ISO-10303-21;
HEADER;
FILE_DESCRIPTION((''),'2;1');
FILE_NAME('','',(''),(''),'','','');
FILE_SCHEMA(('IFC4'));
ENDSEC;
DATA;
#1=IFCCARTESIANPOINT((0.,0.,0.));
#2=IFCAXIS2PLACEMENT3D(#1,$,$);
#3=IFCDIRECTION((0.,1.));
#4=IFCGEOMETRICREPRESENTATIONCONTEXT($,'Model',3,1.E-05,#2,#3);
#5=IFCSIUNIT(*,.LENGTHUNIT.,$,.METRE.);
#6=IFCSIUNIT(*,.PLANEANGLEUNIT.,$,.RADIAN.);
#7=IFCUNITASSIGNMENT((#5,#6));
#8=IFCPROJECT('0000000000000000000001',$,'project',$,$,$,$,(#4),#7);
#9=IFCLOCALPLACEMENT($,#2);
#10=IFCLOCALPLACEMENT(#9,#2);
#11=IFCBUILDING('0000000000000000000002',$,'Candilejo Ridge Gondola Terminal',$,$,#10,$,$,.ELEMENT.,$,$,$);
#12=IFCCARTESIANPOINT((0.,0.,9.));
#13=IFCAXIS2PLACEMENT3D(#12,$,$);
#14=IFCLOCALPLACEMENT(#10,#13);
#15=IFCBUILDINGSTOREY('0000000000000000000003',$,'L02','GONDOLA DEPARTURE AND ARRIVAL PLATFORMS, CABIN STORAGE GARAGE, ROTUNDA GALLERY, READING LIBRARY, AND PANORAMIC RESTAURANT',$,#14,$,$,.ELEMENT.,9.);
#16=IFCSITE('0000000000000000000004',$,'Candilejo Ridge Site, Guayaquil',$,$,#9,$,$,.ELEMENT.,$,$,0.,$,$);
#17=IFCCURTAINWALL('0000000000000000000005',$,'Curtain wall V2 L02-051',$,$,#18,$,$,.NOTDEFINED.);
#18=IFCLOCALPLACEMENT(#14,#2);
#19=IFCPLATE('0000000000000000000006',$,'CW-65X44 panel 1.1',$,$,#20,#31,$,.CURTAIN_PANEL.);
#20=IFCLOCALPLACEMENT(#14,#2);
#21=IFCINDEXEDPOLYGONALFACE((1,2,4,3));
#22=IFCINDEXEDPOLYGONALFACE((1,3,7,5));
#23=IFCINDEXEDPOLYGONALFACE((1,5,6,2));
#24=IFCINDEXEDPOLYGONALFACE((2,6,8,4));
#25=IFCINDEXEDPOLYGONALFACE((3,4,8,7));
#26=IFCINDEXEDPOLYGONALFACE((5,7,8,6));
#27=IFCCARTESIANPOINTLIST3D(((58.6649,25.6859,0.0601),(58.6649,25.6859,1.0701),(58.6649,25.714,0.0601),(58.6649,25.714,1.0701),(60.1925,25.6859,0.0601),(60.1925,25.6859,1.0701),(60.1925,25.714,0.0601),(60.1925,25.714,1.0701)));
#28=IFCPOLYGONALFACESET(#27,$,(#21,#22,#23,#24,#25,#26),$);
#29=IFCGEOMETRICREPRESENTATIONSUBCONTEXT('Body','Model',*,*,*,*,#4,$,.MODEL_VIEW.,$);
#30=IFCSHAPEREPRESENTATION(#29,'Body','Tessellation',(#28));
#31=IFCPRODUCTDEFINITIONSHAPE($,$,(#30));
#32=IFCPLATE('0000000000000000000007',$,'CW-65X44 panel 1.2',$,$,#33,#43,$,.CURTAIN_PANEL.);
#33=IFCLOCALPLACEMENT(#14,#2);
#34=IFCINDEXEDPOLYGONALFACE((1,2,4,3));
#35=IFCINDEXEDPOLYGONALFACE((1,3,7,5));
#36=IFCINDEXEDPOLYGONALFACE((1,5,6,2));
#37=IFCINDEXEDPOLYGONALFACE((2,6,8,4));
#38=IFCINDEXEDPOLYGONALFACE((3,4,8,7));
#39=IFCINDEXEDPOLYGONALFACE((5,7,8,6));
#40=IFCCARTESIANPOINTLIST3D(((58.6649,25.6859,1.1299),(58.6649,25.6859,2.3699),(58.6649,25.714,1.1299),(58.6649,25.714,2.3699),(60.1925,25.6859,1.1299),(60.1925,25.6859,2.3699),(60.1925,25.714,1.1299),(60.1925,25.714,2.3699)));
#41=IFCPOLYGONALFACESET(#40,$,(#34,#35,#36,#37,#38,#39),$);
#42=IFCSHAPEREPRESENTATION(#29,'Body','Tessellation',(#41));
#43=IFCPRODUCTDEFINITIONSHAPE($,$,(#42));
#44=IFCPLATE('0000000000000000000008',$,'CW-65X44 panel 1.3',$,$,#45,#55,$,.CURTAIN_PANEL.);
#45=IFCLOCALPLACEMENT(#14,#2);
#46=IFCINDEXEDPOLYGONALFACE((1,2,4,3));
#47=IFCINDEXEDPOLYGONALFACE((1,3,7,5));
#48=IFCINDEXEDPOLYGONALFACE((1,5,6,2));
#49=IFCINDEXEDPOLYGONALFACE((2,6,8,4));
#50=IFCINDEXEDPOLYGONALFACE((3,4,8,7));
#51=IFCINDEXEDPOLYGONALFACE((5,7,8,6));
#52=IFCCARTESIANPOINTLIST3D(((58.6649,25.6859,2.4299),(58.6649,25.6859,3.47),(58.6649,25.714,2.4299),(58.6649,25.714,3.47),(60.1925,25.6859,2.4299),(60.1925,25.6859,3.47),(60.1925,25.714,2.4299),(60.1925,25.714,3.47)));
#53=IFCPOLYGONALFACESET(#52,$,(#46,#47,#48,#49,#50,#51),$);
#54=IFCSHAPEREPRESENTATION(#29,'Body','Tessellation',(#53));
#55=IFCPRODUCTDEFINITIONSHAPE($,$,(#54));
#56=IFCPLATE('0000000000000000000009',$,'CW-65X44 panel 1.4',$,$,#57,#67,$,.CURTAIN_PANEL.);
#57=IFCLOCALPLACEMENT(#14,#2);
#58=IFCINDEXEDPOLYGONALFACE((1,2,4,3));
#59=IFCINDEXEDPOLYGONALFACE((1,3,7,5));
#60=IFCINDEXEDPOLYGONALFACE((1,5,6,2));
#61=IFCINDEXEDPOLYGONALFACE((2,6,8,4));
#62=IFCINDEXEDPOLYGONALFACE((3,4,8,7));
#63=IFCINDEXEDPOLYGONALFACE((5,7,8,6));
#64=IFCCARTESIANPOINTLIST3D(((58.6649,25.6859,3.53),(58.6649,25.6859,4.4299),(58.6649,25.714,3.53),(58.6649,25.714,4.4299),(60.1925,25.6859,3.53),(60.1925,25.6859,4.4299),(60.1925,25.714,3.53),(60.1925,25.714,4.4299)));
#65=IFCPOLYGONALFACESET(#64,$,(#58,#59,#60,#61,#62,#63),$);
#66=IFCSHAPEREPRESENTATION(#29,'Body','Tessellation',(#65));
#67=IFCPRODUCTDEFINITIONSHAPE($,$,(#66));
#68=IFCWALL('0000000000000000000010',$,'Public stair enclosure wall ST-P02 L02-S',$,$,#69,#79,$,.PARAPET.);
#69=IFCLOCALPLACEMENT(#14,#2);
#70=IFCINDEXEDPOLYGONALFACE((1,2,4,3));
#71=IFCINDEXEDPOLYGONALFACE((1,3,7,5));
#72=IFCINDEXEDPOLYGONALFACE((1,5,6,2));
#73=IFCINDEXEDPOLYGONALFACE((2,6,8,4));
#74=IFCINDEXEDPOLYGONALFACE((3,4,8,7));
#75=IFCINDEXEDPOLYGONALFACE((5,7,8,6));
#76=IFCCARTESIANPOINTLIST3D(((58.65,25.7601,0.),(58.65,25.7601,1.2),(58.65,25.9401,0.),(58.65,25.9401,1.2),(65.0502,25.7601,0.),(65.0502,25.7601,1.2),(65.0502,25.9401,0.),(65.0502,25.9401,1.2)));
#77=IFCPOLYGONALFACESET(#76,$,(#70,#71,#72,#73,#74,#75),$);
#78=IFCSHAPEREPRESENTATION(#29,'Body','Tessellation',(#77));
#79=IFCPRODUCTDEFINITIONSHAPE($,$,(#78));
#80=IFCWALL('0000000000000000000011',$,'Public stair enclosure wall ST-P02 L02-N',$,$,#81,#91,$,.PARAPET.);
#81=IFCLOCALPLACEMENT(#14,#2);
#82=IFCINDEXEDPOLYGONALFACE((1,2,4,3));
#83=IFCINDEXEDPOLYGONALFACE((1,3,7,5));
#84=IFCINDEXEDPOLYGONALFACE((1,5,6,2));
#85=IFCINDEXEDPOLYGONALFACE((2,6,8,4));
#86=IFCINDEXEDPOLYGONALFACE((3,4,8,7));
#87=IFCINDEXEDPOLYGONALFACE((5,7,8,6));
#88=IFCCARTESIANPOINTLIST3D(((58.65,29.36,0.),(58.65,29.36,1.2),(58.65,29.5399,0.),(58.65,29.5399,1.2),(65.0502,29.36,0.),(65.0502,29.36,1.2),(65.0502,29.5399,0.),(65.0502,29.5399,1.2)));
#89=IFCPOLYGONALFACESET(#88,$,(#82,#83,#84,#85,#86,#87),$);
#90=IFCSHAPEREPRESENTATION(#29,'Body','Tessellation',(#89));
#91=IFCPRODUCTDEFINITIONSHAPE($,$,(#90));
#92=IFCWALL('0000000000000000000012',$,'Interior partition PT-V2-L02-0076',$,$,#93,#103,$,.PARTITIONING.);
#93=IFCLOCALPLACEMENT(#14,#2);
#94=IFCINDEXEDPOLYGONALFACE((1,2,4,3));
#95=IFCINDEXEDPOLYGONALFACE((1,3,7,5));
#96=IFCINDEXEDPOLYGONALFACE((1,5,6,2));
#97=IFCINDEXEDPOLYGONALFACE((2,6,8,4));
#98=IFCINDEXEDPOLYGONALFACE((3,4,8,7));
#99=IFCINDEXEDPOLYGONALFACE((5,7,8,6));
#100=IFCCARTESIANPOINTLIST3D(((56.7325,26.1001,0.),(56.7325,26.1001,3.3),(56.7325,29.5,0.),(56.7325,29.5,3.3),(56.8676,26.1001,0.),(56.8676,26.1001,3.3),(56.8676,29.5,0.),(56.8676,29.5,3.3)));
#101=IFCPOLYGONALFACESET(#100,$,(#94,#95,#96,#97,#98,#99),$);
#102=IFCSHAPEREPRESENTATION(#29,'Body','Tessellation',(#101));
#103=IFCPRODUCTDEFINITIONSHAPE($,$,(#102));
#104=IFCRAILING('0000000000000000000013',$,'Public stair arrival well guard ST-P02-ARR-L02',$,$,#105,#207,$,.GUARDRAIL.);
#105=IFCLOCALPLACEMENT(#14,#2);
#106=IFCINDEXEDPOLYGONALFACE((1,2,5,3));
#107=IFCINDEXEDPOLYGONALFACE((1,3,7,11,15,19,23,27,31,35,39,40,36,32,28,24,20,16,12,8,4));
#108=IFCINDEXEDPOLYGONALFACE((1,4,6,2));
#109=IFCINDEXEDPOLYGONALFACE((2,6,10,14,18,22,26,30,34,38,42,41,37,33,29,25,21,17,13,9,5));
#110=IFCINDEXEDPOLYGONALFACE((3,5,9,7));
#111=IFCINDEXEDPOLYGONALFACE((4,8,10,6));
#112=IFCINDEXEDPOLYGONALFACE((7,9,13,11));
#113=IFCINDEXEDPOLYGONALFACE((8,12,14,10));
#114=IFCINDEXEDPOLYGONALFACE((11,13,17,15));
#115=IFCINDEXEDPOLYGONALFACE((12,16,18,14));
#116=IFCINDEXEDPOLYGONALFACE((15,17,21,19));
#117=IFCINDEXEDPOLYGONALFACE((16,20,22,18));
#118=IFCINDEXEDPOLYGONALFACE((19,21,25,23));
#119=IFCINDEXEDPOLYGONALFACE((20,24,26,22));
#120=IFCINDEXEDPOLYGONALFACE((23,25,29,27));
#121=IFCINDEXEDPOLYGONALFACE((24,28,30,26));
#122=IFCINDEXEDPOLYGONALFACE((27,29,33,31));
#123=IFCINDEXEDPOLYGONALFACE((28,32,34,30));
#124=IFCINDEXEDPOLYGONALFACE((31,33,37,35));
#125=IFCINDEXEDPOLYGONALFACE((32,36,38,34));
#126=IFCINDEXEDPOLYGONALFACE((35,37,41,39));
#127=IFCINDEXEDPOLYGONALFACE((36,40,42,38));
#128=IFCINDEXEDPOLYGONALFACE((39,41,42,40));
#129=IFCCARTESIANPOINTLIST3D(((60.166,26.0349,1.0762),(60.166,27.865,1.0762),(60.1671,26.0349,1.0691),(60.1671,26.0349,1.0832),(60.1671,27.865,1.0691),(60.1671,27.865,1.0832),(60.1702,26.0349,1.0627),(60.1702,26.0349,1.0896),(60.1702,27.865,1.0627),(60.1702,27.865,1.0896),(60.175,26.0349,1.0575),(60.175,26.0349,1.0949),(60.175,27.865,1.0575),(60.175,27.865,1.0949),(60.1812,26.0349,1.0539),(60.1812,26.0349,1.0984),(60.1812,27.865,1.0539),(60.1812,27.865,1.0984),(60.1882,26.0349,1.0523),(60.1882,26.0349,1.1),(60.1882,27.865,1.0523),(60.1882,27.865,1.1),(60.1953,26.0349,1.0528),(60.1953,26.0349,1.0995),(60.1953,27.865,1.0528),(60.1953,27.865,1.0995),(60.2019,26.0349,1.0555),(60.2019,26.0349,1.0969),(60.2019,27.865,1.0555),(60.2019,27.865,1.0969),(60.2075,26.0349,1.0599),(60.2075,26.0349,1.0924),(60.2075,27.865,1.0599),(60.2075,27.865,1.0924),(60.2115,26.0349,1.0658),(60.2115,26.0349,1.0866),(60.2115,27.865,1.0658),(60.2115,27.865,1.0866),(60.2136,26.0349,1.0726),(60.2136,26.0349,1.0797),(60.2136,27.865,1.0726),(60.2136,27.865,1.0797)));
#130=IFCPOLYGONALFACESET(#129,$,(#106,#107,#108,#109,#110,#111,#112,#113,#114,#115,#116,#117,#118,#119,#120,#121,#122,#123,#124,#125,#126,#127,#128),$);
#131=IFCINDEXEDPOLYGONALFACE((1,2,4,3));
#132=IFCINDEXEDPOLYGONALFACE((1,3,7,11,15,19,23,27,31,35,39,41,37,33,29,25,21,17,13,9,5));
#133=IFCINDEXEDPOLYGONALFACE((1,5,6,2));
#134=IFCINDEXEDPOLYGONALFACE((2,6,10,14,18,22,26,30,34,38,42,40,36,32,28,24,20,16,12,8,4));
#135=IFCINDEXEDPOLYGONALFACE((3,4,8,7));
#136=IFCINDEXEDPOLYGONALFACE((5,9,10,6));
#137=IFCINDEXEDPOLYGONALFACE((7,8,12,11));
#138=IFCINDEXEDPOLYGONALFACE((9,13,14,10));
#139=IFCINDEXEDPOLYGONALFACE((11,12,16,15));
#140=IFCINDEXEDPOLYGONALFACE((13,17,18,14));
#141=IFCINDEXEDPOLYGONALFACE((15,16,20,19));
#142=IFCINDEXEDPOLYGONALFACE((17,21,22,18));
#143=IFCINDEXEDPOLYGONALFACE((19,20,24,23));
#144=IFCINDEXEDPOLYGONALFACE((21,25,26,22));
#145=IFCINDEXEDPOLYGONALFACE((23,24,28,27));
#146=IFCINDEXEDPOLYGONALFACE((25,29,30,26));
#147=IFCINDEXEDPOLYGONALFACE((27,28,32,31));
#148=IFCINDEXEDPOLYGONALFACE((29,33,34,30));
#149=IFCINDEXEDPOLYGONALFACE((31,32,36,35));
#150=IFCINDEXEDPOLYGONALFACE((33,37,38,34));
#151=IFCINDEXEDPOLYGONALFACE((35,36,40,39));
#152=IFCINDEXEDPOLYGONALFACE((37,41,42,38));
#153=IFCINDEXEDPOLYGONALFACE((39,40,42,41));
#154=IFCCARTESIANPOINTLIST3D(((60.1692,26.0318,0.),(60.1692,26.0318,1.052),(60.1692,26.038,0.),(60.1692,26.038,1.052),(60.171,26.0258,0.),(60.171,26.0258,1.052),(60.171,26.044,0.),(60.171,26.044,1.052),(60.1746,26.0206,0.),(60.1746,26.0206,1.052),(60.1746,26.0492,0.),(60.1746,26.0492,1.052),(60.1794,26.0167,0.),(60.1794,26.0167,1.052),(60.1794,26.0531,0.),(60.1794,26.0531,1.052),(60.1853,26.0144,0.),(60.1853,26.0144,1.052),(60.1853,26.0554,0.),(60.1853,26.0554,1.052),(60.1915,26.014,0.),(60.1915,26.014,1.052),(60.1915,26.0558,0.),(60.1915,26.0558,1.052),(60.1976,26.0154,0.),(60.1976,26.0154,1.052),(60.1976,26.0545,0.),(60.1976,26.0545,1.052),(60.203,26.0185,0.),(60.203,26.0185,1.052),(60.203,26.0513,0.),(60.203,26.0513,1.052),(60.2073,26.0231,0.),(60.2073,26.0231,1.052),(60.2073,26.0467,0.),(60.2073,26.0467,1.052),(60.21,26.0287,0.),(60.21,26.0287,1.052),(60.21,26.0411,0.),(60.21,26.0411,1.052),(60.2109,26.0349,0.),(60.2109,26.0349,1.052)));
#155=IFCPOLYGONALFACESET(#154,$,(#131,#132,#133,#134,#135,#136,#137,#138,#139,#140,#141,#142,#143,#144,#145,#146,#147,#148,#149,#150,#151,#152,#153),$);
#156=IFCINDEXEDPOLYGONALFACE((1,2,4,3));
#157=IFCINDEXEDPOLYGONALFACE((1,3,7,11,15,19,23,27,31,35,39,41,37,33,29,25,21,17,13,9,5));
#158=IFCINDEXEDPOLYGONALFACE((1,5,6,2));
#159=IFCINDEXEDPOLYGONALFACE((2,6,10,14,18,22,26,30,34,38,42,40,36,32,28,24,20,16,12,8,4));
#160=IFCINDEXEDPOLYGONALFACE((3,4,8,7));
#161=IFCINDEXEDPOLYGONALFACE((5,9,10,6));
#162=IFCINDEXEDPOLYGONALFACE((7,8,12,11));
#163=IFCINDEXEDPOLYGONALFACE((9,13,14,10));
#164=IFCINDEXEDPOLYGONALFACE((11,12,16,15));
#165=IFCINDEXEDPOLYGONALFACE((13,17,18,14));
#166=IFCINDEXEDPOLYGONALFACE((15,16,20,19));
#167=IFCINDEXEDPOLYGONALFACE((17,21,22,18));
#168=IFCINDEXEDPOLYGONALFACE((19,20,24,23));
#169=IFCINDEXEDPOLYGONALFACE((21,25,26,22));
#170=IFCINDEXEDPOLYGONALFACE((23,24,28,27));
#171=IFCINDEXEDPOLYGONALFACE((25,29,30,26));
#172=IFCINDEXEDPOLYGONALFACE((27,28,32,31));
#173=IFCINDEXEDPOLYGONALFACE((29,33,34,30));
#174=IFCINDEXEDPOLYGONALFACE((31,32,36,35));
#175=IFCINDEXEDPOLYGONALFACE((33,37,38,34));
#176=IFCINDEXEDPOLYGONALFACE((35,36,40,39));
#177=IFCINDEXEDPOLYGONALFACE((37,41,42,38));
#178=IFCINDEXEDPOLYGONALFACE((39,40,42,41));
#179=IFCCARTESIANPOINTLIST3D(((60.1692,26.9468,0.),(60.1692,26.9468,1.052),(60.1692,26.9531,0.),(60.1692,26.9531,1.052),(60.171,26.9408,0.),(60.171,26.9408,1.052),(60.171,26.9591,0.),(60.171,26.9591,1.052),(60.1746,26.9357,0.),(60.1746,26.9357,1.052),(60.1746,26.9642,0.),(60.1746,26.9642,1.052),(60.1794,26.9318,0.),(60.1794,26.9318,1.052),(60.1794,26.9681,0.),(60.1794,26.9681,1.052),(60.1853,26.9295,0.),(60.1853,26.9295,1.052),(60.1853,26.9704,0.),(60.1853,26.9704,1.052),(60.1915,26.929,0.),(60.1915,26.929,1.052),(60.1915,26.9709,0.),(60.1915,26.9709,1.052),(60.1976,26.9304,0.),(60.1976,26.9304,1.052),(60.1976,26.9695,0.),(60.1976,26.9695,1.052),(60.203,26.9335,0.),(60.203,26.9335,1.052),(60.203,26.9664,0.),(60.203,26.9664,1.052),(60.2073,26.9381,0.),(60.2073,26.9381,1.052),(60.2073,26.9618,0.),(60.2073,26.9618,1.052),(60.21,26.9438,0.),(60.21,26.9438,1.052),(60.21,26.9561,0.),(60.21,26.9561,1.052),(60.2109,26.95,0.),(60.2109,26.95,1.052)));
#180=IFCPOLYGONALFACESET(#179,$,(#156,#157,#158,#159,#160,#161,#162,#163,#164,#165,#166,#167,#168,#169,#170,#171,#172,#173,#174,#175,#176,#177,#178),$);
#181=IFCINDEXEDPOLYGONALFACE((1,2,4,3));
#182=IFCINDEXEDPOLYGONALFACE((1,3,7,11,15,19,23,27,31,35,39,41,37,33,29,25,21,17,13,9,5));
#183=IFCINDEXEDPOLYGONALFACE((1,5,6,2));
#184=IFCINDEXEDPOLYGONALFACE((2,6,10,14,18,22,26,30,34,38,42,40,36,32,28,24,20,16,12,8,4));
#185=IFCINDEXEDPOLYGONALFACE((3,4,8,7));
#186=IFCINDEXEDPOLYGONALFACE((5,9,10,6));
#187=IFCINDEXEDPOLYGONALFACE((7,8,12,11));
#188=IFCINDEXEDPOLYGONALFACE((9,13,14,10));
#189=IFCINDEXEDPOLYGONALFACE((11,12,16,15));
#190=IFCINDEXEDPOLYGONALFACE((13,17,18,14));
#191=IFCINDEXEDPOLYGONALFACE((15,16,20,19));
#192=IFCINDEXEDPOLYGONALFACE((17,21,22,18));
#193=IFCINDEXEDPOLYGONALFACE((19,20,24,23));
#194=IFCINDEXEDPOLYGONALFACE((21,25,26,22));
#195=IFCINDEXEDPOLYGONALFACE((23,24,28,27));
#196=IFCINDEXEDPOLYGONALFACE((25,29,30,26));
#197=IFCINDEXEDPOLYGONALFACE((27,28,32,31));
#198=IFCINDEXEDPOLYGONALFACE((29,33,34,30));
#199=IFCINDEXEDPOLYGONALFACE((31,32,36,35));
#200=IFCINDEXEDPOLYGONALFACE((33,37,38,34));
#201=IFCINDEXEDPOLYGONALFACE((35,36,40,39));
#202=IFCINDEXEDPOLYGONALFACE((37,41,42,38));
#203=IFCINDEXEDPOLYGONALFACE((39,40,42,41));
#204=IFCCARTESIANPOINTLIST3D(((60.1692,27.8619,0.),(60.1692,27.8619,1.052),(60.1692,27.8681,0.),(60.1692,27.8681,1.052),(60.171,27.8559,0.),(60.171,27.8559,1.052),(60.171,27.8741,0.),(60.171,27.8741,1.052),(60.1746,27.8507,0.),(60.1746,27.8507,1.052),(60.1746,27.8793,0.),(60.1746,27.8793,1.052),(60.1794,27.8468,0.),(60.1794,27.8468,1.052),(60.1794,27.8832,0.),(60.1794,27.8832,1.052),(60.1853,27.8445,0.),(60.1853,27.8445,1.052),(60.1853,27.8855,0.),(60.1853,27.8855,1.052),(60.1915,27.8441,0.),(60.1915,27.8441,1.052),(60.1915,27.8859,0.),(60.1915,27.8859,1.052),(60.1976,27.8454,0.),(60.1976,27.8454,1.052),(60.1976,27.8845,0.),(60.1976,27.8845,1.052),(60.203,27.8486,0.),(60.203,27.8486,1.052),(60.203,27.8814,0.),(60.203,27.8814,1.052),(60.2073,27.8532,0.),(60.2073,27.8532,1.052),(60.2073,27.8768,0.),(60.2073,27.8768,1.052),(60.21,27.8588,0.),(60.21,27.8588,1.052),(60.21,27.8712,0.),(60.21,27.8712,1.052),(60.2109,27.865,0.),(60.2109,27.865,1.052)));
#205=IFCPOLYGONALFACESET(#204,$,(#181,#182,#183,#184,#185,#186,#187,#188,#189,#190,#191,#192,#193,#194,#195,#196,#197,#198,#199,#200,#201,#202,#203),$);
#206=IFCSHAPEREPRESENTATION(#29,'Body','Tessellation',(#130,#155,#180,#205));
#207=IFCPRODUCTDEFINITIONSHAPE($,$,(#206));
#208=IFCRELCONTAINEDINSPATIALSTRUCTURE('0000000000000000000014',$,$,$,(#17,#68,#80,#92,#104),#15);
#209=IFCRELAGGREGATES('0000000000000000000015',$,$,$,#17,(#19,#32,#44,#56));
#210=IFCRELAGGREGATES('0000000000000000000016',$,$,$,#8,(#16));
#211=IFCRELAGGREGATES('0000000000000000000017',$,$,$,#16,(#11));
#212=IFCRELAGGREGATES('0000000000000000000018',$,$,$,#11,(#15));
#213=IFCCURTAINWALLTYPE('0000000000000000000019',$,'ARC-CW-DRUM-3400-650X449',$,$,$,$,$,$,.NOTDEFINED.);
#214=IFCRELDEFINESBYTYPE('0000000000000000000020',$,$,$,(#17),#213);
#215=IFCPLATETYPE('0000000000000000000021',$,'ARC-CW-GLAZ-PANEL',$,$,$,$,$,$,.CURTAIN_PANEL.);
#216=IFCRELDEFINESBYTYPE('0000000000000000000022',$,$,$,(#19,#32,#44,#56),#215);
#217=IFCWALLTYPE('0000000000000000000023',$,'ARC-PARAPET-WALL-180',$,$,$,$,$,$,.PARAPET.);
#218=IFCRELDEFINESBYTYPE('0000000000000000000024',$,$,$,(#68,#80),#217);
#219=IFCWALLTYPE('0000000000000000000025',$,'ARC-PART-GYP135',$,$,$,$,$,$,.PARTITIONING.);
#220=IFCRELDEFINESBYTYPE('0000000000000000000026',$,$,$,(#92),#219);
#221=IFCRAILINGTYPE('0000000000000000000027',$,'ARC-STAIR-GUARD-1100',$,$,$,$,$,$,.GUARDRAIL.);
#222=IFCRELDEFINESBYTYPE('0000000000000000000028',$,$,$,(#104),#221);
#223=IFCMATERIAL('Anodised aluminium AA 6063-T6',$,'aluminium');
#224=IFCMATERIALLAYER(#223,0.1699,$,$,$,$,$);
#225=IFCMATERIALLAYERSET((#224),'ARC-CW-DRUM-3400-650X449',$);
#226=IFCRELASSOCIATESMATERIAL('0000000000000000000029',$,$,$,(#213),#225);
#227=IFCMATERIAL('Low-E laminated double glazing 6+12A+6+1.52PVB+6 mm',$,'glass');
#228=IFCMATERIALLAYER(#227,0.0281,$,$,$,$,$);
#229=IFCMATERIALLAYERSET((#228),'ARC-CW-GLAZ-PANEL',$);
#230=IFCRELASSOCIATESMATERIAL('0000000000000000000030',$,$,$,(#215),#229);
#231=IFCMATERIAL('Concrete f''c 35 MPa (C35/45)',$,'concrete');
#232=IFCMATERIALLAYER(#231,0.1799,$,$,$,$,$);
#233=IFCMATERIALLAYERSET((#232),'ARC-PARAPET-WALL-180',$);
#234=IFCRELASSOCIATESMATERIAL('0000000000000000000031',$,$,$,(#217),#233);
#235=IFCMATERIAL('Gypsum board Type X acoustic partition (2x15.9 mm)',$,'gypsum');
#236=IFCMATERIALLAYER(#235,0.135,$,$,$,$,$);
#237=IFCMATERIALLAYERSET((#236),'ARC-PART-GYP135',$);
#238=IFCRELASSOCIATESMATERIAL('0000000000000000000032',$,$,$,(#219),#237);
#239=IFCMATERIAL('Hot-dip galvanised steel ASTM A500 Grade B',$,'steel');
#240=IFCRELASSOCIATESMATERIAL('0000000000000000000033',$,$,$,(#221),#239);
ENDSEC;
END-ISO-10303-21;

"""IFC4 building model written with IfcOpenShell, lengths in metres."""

from ifc_helpers import new_model, si_unit, direction, frame, frame_2d, origin, origin_2d, place, context, subcontext, project, spatial, rectangle, circle, extrude, material, layer, layer_set, type_object, element, aggregate, save


model = new_model("IFC4")

# Units and contexts
model_context = context("Model", 3, precision=1e-05, world=origin(), true_north=direction((0.0, 1.0)))
body_context = subcontext(model_context, "Body", "Model", "MODEL_VIEW")
ifc_project = project(units=[si_unit("LENGTHUNIT", "METRE"), si_unit("PLANEANGLEUNIT", "RADIAN")], contexts=[model_context])

# Site, building, storey
site_placement = place(None, origin())
site = spatial("IfcSite", under=ifc_project, at=site_placement, Name="Candilejo Ridge Site, Guayaquil", CompositionType="ELEMENT", RefElevation=0.0)
building_placement = place(site_placement, origin())
building = spatial("IfcBuilding", under=site, at=building_placement, Name="Candilejo Ridge Gondola Terminal", CompositionType="ELEMENT")
storey_placement = place(building_placement, frame((0.0, 0.0, 9.0)))
storey = spatial("IfcBuildingStorey", under=building, at=storey_placement, Name="L02", Description="GONDOLA DEPARTURE AND ARRIVAL PLATFORMS, CABIN STORAGE GARAGE, ROTUNDA GALLERY, READING LIBRARY, AND PANORAMIC RESTAURANT", CompositionType="ELEMENT", Elevation=9.0)

# Curtain wall
ifc_material_1 = material(Name="Anodised aluminium AA 6063-T6", Category="aluminium")
ifc_layer_1 = layer(ifc_material_1, 0.1699)
ifc_layer_set_1 = layer_set([ifc_layer_1], Name="ARC-CW-DRUM-3400-650X449")
curtain_wall_type_1 = type_object("IfcCurtainWallType", Name="ARC-CW-DRUM-3400-650X449", PredefinedType="NOTDEFINED", material=ifc_layer_set_1)
curtain_wall_1_placement = place(storey_placement, origin())
curtain_wall_1 = element("IfcCurtainWall", 1, at=curtain_wall_1_placement, inside=storey, type_object=curtain_wall_type_1, Name="Curtain wall V2 L02-051", PredefinedType="NOTDEFINED")

# Plates
ifc_material_2 = material(Name="Low-E laminated double glazing 6+12A+6+1.52PVB+6 mm", Category="glass")
ifc_layer_2 = layer(ifc_material_2, 0.0281)
ifc_layer_set_2 = layer_set([ifc_layer_2], Name="ARC-CW-GLAZ-PANEL")
plate_type = type_object("IfcPlateType", Name="ARC-CW-GLAZ-PANEL", PredefinedType="CURTAIN_PANEL", material=ifc_layer_set_2)
plate_1_placement = place(storey_placement, frame((59.4287, 25.7, 0.0601), z_axis=(0.0, 0.0, 1.0), x_axis=(1.0, 0.0, 0.0)))
plate_1 = element("IfcPlate", 2, at=plate_1_placement, type_object=plate_type, Name="CW-65X44 panel 1.1", PredefinedType="CURTAIN_PANEL", context=body_context, shape_type="SweptSolid", body=[
    extrude(rectangle(XDim=1.5276, YDim=0.0281, at=origin_2d()), origin(), (0.0, 0.0, 1.0), 1.01),
])
plate_2_placement = place(storey_placement, frame((59.4287, 25.7, 1.1299), z_axis=(0.0, 0.0, 1.0), x_axis=(1.0, 0.0, 0.0)))
plate_2 = element("IfcPlate", 3, at=plate_2_placement, type_object=plate_type, Name="CW-65X44 panel 1.2", PredefinedType="CURTAIN_PANEL", context=body_context, shape_type="SweptSolid", body=[
    extrude(rectangle(XDim=1.5276, YDim=0.0281, at=origin_2d()), origin(), (0.0, 0.0, 1.0), 1.24),
])
plate_3_placement = place(storey_placement, frame((59.4287, 25.7, 2.4299), z_axis=(0.0, 0.0, 1.0), x_axis=(1.0, 0.0, 0.0)))
plate_3 = element("IfcPlate", 4, at=plate_3_placement, type_object=plate_type, Name="CW-65X44 panel 1.3", PredefinedType="CURTAIN_PANEL", context=body_context, shape_type="SweptSolid", body=[
    extrude(rectangle(XDim=1.5276, YDim=0.0281, at=origin_2d()), origin(), (0.0, 0.0, 1.0), 1.04),
])
plate_4_placement = place(storey_placement, frame((59.4287, 25.7, 3.53), z_axis=(0.0, 0.0, 1.0), x_axis=(1.0, 0.0, 0.0)))
plate_4 = element("IfcPlate", 5, at=plate_4_placement, type_object=plate_type, Name="CW-65X44 panel 1.4", PredefinedType="CURTAIN_PANEL", context=body_context, shape_type="SweptSolid", body=[
    extrude(rectangle(XDim=1.5276, YDim=0.0281, at=origin_2d()), origin(), (0.0, 0.0, 1.0), 0.8999),
])
aggregate(curtain_wall_1, [plate_1, plate_2, plate_3, plate_4])

# Walls
ifc_material_3 = material(Name="Concrete f'c 35 MPa (C35/45)", Category="concrete")
ifc_layer_3 = layer(ifc_material_3, 0.1799)
ifc_layer_set_3 = layer_set([ifc_layer_3], Name="ARC-PARAPET-WALL-180")
wall_type_1 = type_object("IfcWallType", Name="ARC-PARAPET-WALL-180", PredefinedType="PARAPET", material=ifc_layer_set_3)
for number, where, z_axis, x_axis, name in (
    (6, (58.6499, 25.8501, 0.0), (0.0, 0.0, 1.0), (1.0, 0.0, 0.0), "Public stair enclosure wall ST-P02 L02-S"),
    (7, (58.6499, 29.45, 0.0), (0.0, 0.0, 1.0), (1.0, 0.0, 0.0), "Public stair enclosure wall ST-P02 L02-N"),
):
    element("IfcWall", number, at=place(storey_placement, frame(where, z_axis=z_axis, x_axis=x_axis)), inside=storey, type_object=wall_type_1, Name=name, PredefinedType="PARAPET", context=body_context, shape_type="SweptSolid", body=[
        extrude(rectangle(XDim=6.4001, YDim=0.1799, at=frame_2d((3.2002, 0.0))), origin(), (0.0, 0.0, 1.0), 1.2),
    ])
ifc_material_4 = material(Name="Gypsum board Type X acoustic partition (2x15.9 mm)", Category="gypsum")
ifc_layer_4 = layer(ifc_material_4, 0.135)
ifc_layer_set_4 = layer_set([ifc_layer_4], Name="ARC-PART-GYP135")
wall_type_2 = type_object("IfcWallType", Name="ARC-PART-GYP135", PredefinedType="PARTITIONING", material=ifc_layer_set_4)
wall_placement = place(storey_placement, frame((56.8, 26.1001, 0.0), z_axis=(0.0, 0.0, 1.0), x_axis=(0.0, 1.0, 0.0)))
element("IfcWall", 8, at=wall_placement, inside=storey, type_object=wall_type_2, Name="Interior partition PT-V2-L02-0076", PredefinedType="PARTITIONING", context=body_context, shape_type="SweptSolid", body=[
    extrude(rectangle(XDim=3.3999, YDim=0.135, at=frame_2d((1.7, 0.0))), origin(), (0.0, 0.0, 1.0), 3.3),
])

# Railing
ifc_material_5 = material(Name="Hot-dip galvanised steel ASTM A500 Grade B", Category="steel")
railing_type = type_object("IfcRailingType", Name="ARC-STAIR-GUARD-1100", PredefinedType="GUARDRAIL", material=ifc_material_5)
railing_placement = place(storey_placement, frame((60.1899, 26.0349, 0.0)))
element("IfcRailing", 9, at=railing_placement, inside=storey, type_object=railing_type, Name="Public stair arrival well guard ST-P02-ARR-L02", PredefinedType="GUARDRAIL", context=body_context, shape_type="SweptSolid", body=[
    extrude(circle(Radius=0.0239, at=origin_2d()), frame((0.0, 0.0, 1.0762), z_axis=(0.0, 1.0, 0.0), x_axis=(-1.0, 0.0, 0.0)), (0.0, 0.0, 1.0), 1.8301),
    extrude(circle(Radius=0.021, at=origin_2d()), origin(), (0.0, 0.0, 1.0), 1.052),
    extrude(circle(Radius=0.021, at=origin_2d()), frame((0.0, 0.915, 0.0)), (0.0, 0.0, 1.0), 1.052),
    extrude(circle(Radius=0.021, at=origin_2d()), frame((0.0, 1.8301, 0.0)), (0.0, 0.0, 1.0), 1.052),
])

save(model, "model.ifc")
